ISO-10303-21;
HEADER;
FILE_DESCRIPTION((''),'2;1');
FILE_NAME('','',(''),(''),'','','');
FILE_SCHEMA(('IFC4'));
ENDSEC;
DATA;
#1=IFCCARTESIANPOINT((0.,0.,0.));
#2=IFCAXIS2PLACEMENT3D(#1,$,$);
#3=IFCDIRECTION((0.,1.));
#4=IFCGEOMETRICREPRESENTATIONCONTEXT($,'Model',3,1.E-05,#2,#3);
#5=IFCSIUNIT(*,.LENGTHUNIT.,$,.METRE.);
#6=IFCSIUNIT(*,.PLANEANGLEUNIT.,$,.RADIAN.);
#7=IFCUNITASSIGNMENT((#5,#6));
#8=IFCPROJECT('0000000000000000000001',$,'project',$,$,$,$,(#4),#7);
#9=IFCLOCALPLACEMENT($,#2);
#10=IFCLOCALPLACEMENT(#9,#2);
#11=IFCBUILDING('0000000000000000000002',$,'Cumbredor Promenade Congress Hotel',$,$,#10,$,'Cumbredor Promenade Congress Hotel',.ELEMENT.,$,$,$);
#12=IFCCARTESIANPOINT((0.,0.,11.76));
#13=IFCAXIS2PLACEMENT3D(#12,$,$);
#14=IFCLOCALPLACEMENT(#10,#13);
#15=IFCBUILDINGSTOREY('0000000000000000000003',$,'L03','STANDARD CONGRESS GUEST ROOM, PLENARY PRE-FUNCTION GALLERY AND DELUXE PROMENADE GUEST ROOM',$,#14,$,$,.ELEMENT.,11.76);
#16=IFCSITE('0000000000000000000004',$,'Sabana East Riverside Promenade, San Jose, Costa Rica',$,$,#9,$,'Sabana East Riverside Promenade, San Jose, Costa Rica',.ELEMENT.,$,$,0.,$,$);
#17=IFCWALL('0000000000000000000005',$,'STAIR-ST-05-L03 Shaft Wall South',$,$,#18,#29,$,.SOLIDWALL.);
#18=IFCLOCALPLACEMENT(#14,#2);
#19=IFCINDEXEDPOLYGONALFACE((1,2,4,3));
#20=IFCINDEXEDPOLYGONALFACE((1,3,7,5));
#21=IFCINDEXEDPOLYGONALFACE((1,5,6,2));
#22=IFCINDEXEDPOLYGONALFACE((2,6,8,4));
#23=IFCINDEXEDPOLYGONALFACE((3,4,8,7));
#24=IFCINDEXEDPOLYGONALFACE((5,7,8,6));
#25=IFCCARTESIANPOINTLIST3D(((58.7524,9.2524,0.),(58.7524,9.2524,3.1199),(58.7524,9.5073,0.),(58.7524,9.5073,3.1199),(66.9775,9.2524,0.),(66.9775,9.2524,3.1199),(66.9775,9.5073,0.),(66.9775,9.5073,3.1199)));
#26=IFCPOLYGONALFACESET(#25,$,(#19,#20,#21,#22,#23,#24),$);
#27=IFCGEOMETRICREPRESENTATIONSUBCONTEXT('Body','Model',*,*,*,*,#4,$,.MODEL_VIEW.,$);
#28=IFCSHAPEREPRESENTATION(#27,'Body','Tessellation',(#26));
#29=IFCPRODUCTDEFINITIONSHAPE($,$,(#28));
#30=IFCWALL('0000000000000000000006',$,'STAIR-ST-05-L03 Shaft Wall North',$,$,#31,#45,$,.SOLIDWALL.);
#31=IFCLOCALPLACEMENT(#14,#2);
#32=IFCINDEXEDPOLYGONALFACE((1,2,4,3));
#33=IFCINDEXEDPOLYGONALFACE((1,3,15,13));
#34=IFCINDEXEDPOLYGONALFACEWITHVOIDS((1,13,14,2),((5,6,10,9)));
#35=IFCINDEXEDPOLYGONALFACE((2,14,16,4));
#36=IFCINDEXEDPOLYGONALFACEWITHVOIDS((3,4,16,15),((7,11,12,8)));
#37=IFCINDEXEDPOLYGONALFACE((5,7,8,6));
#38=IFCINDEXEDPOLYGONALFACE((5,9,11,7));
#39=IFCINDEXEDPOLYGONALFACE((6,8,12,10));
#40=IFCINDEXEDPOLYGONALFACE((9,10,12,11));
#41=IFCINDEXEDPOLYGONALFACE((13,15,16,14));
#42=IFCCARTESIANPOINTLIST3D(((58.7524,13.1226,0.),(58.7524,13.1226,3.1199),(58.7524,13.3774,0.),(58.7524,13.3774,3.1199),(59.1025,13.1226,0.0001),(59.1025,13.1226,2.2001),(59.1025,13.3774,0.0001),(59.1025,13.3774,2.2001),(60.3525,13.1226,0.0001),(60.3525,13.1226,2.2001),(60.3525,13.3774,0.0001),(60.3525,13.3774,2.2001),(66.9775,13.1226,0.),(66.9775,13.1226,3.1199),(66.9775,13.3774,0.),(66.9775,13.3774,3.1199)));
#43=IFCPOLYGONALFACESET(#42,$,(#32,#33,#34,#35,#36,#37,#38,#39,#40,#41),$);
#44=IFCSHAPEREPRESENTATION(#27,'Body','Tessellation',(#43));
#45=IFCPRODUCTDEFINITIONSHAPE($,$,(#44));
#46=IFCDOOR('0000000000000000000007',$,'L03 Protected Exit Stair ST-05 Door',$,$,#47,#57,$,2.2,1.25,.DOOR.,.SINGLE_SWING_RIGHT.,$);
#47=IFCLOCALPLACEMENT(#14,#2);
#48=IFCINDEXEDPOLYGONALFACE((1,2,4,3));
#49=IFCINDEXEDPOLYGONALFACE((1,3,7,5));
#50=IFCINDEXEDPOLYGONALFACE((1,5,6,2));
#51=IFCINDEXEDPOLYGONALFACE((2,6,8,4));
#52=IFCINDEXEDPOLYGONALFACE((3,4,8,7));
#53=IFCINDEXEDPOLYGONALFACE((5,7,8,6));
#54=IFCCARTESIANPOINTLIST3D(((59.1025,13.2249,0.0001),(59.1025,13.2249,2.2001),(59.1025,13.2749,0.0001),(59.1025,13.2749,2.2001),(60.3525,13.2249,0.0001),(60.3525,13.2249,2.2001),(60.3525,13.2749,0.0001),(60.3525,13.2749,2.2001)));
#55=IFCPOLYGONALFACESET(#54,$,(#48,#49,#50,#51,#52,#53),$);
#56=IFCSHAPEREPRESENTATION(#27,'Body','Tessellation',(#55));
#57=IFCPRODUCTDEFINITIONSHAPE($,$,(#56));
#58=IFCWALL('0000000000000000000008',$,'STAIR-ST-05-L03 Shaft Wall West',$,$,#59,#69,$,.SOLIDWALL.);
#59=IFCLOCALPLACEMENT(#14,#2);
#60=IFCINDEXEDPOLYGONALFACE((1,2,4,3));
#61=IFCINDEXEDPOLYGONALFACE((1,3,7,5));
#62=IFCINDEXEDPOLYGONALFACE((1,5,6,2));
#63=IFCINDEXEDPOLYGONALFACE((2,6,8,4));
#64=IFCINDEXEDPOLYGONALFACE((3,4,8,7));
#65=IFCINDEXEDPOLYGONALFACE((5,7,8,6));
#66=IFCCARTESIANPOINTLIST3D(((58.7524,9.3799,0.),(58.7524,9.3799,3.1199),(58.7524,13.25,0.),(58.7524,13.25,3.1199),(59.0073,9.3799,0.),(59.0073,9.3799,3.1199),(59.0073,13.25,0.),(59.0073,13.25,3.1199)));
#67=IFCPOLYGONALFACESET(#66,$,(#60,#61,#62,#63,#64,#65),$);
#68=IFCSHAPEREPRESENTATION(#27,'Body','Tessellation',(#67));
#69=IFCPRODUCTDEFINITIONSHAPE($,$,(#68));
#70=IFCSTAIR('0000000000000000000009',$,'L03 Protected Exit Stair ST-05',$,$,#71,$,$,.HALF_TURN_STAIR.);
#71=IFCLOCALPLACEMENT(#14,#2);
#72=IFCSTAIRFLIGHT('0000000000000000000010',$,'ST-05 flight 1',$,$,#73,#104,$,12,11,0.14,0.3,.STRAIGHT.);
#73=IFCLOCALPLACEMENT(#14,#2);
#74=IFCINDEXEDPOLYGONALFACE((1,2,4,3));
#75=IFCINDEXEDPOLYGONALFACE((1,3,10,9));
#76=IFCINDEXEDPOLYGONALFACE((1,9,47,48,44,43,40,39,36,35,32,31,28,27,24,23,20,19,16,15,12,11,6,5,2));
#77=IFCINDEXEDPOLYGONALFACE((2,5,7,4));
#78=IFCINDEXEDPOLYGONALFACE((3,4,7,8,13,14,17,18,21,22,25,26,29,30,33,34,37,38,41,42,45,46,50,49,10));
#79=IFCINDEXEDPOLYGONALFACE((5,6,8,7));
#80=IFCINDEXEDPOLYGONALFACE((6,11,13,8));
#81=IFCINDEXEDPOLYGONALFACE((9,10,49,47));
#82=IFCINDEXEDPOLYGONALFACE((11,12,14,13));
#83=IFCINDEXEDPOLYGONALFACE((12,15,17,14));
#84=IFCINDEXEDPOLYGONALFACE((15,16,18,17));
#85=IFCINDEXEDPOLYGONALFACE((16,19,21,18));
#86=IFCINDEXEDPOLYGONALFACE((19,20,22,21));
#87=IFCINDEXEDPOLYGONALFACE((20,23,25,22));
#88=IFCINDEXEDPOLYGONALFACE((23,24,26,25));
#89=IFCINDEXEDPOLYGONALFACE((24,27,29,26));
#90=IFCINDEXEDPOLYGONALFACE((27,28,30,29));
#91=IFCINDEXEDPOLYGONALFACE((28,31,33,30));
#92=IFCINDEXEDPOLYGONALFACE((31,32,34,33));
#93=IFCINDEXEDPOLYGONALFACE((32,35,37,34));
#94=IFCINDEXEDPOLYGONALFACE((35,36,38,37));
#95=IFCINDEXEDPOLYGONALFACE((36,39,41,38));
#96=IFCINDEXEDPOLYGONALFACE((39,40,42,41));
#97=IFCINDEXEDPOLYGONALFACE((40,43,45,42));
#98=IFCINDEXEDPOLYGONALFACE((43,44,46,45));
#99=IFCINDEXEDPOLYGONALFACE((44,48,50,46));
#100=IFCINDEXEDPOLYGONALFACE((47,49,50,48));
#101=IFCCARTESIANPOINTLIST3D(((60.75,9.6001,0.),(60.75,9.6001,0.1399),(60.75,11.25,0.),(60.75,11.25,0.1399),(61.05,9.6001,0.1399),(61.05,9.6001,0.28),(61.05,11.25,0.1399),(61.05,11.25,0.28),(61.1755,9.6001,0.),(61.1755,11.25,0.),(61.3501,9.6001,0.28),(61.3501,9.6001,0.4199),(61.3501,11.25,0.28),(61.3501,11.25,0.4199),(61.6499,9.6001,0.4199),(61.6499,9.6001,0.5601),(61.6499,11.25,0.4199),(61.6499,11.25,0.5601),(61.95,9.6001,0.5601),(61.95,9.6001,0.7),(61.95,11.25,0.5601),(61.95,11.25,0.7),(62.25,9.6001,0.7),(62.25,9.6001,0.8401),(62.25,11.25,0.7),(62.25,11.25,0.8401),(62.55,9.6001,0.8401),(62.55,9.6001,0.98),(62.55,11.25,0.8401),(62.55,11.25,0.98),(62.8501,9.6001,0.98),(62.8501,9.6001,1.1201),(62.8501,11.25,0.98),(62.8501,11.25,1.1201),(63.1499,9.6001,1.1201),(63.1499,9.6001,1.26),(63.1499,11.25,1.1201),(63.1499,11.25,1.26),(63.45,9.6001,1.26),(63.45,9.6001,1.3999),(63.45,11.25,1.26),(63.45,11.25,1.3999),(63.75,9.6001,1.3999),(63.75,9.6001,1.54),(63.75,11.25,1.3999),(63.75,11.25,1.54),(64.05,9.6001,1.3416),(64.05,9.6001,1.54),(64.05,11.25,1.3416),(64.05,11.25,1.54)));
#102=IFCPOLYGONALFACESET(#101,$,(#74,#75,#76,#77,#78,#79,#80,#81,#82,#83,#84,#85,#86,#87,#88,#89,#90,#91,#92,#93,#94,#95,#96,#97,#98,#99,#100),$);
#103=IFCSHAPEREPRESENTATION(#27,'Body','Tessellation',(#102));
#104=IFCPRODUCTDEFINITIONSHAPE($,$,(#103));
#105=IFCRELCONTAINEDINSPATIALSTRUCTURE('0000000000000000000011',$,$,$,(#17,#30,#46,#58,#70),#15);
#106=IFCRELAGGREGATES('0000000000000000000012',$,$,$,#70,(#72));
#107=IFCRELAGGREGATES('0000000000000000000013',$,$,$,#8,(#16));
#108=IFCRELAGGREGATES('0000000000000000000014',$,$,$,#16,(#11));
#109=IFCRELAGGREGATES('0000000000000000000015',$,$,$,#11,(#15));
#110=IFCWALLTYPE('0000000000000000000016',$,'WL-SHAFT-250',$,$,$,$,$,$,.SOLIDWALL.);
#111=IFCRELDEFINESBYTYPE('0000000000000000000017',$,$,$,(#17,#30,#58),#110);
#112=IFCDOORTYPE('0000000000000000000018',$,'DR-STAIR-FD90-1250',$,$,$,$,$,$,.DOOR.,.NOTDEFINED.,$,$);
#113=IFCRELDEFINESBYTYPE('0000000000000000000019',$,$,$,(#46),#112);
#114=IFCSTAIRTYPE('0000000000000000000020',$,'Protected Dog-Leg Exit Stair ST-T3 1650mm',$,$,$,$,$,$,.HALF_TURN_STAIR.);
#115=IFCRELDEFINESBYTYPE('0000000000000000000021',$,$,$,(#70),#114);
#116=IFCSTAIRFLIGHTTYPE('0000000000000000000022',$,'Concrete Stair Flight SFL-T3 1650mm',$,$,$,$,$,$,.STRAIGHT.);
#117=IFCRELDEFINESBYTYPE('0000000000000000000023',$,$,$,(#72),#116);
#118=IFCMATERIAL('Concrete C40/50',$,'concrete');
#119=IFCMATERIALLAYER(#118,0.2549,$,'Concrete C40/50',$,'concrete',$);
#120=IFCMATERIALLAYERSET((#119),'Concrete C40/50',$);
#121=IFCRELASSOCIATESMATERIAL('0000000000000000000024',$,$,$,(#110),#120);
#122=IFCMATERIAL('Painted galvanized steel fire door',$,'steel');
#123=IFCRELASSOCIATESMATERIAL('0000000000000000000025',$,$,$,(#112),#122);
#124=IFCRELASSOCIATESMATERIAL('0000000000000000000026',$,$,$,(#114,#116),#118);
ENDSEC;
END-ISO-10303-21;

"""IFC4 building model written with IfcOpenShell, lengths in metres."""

from ifc_helpers import new_model, si_unit, direction, frame, frame_2d, origin, place, context, subcontext, project, spatial, polyline, rectangle, outline, extrude, material, layer, layer_set, type_object, element, fill, aggregate, save


model = new_model("IFC4")

# Units and contexts
model_context = context("Model", 3, precision=1e-05, world=origin(), true_north=direction((0.0, 1.0)))
body_context = subcontext(model_context, "Body", "Model", "MODEL_VIEW")
ifc_project = project(units=[si_unit("LENGTHUNIT", "METRE"), si_unit("PLANEANGLEUNIT", "RADIAN")], contexts=[model_context])

# Site, building, storey
site_placement = place(None, origin())
site = spatial("IfcSite", under=ifc_project, at=site_placement, Name="Sabana East Riverside Promenade, San Jose, Costa Rica", LongName="Sabana East Riverside Promenade, San Jose, Costa Rica", CompositionType="ELEMENT", RefElevation=0.0)
building_placement = place(site_placement, origin())
building = spatial("IfcBuilding", under=site, at=building_placement, Name="Cumbredor Promenade Congress Hotel", LongName="Cumbredor Promenade Congress Hotel", CompositionType="ELEMENT")
storey_placement = place(building_placement, frame((0.0, 0.0, 11.76)))
storey = spatial("IfcBuildingStorey", under=building, at=storey_placement, Name="L03", Description="STANDARD CONGRESS GUEST ROOM, PLENARY PRE-FUNCTION GALLERY AND DELUXE PROMENADE GUEST ROOM", CompositionType="ELEMENT", Elevation=11.76)

# Shared definitions
ifc_material_1 = material(Name="Concrete C40/50", Category="concrete")

# Wall
ifc_layer = layer(ifc_material_1, 0.2549, Name="Concrete C40/50", Category="concrete")
ifc_layer_set = layer_set([ifc_layer], Name="Concrete C40/50")
wall_type = type_object("IfcWallType", Name="WL-SHAFT-250", PredefinedType="SOLIDWALL", material=ifc_layer_set)
wall_1_placement = place(storey_placement, frame((58.7524, 9.3799, 0.0), z_axis=(0.0, 0.0, 1.0), x_axis=(1.0, 0.0, 0.0)))
element("IfcWall", 1, at=wall_1_placement, inside=storey, type_object=wall_type, Name="STAIR-ST-05-L03 Shaft Wall South", PredefinedType="SOLIDWALL", context=body_context, shape_type="SweptSolid", body=[
    extrude(rectangle(XDim=8.2251, YDim=0.2549, at=frame_2d((4.1125, 0.0))), origin(), (0.0, 0.0, 1.0), 3.1199),
])

# Wall, opening, door
wall_2_placement = place(storey_placement, frame((58.7524, 13.25, 0.0), z_axis=(0.0, 0.0, 1.0), x_axis=(1.0, 0.0, 0.0)))
wall_2 = element("IfcWall", 2, at=wall_2_placement, inside=storey, type_object=wall_type, Name="STAIR-ST-05-L03 Shaft Wall North", PredefinedType="SOLIDWALL", context=body_context, shape_type="SweptSolid", body=[
    extrude(rectangle(XDim=8.2251, YDim=0.2549, at=frame_2d((4.1125, 0.0))), origin(), (0.0, 0.0, 1.0), 3.1199),
])
opening_placement = place(wall_2_placement, frame((0.3501, 0.0, 0.0)))
opening = element("IfcOpeningElement", 3, at=opening_placement, cuts=wall_2, PredefinedType="OPENING", context=body_context, shape_type="SweptSolid", body=[
    extrude(rectangle(XDim=1.25, YDim=2.2, at=frame_2d((0.625, 1.1001))), frame((0.0, 0.1375, 0.0), z_axis=(0.0, -1.0, 0.0), x_axis=(1.0, 0.0, 0.0)), (0.0, 0.0, 1.0), 0.2749),
])
ifc_material_2 = material(Name="Painted galvanized steel fire door", Category="steel")
door_type = type_object("IfcDoorType", Name="DR-STAIR-FD90-1250", OperationType="NOTDEFINED", PredefinedType="DOOR", material=ifc_material_2)
door_placement = place(opening_placement, origin())
door = element("IfcDoor", 4, at=door_placement, inside=storey, type_object=door_type, Name="L03 Protected Exit Stair ST-05 Door", OperationType="SINGLE_SWING_RIGHT", OverallHeight=2.2, OverallWidth=1.25, PredefinedType="DOOR", context=body_context, shape_type="SweptSolid", body=[
    extrude(rectangle(XDim=1.25, YDim=2.2, at=frame_2d((0.625, 1.1001))), frame((0.0, 0.0249, 0.0), z_axis=(0.0, -1.0, 0.0), x_axis=(1.0, 0.0, 0.0)), (0.0, 0.0, 1.0), 0.05),
])
fill(opening, door)

# Wall
wall_3_placement = place(storey_placement, frame((58.8799, 9.3799, 0.0), z_axis=(0.0, 0.0, 1.0), x_axis=(0.0, 1.0, 0.0)))
element("IfcWall", 5, at=wall_3_placement, inside=storey, type_object=wall_type, Name="STAIR-ST-05-L03 Shaft Wall West", PredefinedType="SOLIDWALL", context=body_context, shape_type="SweptSolid", body=[
    extrude(rectangle(XDim=3.8701, YDim=0.2549, at=frame_2d((1.9351, 0.0))), origin(), (0.0, 0.0, 1.0), 3.1199),
])

# Stair, stair flight
stair_type = type_object("IfcStairType", Name="Protected Dog-Leg Exit Stair ST-T3 1650mm", PredefinedType="HALF_TURN_STAIR", material=ifc_material_1)
stair_placement = place(storey_placement, origin())
stair = element("IfcStair", 6, at=stair_placement, inside=storey, type_object=stair_type, Name="L03 Protected Exit Stair ST-05", PredefinedType="HALF_TURN_STAIR")
stair_flight_type = type_object("IfcStairFlightType", Name="Concrete Stair Flight SFL-T3 1650mm", PredefinedType="STRAIGHT", material=ifc_material_1)
stair_flight_placement = place(storey_placement, frame((60.75, 10.425, 0.0), z_axis=(0.0, 0.0, 1.0), x_axis=(1.0, 0.0, 0.0)))
stair_flight = element("IfcStairFlight", 7, at=stair_flight_placement, type_object=stair_flight_type, Name="ST-05 flight 1", NumberOfRisers=12, NumberOfTreads=11, PredefinedType="STRAIGHT", RiserHeight=0.14, TreadLength=0.3, context=body_context, shape_type="SweptSolid", body=[
    extrude(outline(polyline([(0.0, 0.0), (0.0, 0.1399), (0.3, 0.1399), (0.3, 0.28), (0.6001, 0.28), (0.6001, 0.4199), (0.8999, 0.4199), (0.8999, 0.5601), (1.2, 0.5601), (1.2, 0.7), (1.5, 0.7), (1.5, 0.8401), (1.8, 0.8401), (1.8, 0.98), (2.1001, 0.98), (2.1001, 1.1201), (2.3999, 1.1201), (2.3999, 1.26), (2.7, 1.26), (2.7, 1.3999), (3.0, 1.3999), (3.0, 1.54), (3.3, 1.54), (3.3, 1.6799), (3.3, 1.3416), (0.4255, 0.0), (0.0, 0.0)])), frame((0.0, 0.825, 0.0), z_axis=(0.0, -1.0, 0.0), x_axis=(1.0, 0.0, 0.0)), (0.0, 0.0, 1.0), 1.6499),
])
aggregate(stair, [stair_flight])

save(model, "model.ifc")
